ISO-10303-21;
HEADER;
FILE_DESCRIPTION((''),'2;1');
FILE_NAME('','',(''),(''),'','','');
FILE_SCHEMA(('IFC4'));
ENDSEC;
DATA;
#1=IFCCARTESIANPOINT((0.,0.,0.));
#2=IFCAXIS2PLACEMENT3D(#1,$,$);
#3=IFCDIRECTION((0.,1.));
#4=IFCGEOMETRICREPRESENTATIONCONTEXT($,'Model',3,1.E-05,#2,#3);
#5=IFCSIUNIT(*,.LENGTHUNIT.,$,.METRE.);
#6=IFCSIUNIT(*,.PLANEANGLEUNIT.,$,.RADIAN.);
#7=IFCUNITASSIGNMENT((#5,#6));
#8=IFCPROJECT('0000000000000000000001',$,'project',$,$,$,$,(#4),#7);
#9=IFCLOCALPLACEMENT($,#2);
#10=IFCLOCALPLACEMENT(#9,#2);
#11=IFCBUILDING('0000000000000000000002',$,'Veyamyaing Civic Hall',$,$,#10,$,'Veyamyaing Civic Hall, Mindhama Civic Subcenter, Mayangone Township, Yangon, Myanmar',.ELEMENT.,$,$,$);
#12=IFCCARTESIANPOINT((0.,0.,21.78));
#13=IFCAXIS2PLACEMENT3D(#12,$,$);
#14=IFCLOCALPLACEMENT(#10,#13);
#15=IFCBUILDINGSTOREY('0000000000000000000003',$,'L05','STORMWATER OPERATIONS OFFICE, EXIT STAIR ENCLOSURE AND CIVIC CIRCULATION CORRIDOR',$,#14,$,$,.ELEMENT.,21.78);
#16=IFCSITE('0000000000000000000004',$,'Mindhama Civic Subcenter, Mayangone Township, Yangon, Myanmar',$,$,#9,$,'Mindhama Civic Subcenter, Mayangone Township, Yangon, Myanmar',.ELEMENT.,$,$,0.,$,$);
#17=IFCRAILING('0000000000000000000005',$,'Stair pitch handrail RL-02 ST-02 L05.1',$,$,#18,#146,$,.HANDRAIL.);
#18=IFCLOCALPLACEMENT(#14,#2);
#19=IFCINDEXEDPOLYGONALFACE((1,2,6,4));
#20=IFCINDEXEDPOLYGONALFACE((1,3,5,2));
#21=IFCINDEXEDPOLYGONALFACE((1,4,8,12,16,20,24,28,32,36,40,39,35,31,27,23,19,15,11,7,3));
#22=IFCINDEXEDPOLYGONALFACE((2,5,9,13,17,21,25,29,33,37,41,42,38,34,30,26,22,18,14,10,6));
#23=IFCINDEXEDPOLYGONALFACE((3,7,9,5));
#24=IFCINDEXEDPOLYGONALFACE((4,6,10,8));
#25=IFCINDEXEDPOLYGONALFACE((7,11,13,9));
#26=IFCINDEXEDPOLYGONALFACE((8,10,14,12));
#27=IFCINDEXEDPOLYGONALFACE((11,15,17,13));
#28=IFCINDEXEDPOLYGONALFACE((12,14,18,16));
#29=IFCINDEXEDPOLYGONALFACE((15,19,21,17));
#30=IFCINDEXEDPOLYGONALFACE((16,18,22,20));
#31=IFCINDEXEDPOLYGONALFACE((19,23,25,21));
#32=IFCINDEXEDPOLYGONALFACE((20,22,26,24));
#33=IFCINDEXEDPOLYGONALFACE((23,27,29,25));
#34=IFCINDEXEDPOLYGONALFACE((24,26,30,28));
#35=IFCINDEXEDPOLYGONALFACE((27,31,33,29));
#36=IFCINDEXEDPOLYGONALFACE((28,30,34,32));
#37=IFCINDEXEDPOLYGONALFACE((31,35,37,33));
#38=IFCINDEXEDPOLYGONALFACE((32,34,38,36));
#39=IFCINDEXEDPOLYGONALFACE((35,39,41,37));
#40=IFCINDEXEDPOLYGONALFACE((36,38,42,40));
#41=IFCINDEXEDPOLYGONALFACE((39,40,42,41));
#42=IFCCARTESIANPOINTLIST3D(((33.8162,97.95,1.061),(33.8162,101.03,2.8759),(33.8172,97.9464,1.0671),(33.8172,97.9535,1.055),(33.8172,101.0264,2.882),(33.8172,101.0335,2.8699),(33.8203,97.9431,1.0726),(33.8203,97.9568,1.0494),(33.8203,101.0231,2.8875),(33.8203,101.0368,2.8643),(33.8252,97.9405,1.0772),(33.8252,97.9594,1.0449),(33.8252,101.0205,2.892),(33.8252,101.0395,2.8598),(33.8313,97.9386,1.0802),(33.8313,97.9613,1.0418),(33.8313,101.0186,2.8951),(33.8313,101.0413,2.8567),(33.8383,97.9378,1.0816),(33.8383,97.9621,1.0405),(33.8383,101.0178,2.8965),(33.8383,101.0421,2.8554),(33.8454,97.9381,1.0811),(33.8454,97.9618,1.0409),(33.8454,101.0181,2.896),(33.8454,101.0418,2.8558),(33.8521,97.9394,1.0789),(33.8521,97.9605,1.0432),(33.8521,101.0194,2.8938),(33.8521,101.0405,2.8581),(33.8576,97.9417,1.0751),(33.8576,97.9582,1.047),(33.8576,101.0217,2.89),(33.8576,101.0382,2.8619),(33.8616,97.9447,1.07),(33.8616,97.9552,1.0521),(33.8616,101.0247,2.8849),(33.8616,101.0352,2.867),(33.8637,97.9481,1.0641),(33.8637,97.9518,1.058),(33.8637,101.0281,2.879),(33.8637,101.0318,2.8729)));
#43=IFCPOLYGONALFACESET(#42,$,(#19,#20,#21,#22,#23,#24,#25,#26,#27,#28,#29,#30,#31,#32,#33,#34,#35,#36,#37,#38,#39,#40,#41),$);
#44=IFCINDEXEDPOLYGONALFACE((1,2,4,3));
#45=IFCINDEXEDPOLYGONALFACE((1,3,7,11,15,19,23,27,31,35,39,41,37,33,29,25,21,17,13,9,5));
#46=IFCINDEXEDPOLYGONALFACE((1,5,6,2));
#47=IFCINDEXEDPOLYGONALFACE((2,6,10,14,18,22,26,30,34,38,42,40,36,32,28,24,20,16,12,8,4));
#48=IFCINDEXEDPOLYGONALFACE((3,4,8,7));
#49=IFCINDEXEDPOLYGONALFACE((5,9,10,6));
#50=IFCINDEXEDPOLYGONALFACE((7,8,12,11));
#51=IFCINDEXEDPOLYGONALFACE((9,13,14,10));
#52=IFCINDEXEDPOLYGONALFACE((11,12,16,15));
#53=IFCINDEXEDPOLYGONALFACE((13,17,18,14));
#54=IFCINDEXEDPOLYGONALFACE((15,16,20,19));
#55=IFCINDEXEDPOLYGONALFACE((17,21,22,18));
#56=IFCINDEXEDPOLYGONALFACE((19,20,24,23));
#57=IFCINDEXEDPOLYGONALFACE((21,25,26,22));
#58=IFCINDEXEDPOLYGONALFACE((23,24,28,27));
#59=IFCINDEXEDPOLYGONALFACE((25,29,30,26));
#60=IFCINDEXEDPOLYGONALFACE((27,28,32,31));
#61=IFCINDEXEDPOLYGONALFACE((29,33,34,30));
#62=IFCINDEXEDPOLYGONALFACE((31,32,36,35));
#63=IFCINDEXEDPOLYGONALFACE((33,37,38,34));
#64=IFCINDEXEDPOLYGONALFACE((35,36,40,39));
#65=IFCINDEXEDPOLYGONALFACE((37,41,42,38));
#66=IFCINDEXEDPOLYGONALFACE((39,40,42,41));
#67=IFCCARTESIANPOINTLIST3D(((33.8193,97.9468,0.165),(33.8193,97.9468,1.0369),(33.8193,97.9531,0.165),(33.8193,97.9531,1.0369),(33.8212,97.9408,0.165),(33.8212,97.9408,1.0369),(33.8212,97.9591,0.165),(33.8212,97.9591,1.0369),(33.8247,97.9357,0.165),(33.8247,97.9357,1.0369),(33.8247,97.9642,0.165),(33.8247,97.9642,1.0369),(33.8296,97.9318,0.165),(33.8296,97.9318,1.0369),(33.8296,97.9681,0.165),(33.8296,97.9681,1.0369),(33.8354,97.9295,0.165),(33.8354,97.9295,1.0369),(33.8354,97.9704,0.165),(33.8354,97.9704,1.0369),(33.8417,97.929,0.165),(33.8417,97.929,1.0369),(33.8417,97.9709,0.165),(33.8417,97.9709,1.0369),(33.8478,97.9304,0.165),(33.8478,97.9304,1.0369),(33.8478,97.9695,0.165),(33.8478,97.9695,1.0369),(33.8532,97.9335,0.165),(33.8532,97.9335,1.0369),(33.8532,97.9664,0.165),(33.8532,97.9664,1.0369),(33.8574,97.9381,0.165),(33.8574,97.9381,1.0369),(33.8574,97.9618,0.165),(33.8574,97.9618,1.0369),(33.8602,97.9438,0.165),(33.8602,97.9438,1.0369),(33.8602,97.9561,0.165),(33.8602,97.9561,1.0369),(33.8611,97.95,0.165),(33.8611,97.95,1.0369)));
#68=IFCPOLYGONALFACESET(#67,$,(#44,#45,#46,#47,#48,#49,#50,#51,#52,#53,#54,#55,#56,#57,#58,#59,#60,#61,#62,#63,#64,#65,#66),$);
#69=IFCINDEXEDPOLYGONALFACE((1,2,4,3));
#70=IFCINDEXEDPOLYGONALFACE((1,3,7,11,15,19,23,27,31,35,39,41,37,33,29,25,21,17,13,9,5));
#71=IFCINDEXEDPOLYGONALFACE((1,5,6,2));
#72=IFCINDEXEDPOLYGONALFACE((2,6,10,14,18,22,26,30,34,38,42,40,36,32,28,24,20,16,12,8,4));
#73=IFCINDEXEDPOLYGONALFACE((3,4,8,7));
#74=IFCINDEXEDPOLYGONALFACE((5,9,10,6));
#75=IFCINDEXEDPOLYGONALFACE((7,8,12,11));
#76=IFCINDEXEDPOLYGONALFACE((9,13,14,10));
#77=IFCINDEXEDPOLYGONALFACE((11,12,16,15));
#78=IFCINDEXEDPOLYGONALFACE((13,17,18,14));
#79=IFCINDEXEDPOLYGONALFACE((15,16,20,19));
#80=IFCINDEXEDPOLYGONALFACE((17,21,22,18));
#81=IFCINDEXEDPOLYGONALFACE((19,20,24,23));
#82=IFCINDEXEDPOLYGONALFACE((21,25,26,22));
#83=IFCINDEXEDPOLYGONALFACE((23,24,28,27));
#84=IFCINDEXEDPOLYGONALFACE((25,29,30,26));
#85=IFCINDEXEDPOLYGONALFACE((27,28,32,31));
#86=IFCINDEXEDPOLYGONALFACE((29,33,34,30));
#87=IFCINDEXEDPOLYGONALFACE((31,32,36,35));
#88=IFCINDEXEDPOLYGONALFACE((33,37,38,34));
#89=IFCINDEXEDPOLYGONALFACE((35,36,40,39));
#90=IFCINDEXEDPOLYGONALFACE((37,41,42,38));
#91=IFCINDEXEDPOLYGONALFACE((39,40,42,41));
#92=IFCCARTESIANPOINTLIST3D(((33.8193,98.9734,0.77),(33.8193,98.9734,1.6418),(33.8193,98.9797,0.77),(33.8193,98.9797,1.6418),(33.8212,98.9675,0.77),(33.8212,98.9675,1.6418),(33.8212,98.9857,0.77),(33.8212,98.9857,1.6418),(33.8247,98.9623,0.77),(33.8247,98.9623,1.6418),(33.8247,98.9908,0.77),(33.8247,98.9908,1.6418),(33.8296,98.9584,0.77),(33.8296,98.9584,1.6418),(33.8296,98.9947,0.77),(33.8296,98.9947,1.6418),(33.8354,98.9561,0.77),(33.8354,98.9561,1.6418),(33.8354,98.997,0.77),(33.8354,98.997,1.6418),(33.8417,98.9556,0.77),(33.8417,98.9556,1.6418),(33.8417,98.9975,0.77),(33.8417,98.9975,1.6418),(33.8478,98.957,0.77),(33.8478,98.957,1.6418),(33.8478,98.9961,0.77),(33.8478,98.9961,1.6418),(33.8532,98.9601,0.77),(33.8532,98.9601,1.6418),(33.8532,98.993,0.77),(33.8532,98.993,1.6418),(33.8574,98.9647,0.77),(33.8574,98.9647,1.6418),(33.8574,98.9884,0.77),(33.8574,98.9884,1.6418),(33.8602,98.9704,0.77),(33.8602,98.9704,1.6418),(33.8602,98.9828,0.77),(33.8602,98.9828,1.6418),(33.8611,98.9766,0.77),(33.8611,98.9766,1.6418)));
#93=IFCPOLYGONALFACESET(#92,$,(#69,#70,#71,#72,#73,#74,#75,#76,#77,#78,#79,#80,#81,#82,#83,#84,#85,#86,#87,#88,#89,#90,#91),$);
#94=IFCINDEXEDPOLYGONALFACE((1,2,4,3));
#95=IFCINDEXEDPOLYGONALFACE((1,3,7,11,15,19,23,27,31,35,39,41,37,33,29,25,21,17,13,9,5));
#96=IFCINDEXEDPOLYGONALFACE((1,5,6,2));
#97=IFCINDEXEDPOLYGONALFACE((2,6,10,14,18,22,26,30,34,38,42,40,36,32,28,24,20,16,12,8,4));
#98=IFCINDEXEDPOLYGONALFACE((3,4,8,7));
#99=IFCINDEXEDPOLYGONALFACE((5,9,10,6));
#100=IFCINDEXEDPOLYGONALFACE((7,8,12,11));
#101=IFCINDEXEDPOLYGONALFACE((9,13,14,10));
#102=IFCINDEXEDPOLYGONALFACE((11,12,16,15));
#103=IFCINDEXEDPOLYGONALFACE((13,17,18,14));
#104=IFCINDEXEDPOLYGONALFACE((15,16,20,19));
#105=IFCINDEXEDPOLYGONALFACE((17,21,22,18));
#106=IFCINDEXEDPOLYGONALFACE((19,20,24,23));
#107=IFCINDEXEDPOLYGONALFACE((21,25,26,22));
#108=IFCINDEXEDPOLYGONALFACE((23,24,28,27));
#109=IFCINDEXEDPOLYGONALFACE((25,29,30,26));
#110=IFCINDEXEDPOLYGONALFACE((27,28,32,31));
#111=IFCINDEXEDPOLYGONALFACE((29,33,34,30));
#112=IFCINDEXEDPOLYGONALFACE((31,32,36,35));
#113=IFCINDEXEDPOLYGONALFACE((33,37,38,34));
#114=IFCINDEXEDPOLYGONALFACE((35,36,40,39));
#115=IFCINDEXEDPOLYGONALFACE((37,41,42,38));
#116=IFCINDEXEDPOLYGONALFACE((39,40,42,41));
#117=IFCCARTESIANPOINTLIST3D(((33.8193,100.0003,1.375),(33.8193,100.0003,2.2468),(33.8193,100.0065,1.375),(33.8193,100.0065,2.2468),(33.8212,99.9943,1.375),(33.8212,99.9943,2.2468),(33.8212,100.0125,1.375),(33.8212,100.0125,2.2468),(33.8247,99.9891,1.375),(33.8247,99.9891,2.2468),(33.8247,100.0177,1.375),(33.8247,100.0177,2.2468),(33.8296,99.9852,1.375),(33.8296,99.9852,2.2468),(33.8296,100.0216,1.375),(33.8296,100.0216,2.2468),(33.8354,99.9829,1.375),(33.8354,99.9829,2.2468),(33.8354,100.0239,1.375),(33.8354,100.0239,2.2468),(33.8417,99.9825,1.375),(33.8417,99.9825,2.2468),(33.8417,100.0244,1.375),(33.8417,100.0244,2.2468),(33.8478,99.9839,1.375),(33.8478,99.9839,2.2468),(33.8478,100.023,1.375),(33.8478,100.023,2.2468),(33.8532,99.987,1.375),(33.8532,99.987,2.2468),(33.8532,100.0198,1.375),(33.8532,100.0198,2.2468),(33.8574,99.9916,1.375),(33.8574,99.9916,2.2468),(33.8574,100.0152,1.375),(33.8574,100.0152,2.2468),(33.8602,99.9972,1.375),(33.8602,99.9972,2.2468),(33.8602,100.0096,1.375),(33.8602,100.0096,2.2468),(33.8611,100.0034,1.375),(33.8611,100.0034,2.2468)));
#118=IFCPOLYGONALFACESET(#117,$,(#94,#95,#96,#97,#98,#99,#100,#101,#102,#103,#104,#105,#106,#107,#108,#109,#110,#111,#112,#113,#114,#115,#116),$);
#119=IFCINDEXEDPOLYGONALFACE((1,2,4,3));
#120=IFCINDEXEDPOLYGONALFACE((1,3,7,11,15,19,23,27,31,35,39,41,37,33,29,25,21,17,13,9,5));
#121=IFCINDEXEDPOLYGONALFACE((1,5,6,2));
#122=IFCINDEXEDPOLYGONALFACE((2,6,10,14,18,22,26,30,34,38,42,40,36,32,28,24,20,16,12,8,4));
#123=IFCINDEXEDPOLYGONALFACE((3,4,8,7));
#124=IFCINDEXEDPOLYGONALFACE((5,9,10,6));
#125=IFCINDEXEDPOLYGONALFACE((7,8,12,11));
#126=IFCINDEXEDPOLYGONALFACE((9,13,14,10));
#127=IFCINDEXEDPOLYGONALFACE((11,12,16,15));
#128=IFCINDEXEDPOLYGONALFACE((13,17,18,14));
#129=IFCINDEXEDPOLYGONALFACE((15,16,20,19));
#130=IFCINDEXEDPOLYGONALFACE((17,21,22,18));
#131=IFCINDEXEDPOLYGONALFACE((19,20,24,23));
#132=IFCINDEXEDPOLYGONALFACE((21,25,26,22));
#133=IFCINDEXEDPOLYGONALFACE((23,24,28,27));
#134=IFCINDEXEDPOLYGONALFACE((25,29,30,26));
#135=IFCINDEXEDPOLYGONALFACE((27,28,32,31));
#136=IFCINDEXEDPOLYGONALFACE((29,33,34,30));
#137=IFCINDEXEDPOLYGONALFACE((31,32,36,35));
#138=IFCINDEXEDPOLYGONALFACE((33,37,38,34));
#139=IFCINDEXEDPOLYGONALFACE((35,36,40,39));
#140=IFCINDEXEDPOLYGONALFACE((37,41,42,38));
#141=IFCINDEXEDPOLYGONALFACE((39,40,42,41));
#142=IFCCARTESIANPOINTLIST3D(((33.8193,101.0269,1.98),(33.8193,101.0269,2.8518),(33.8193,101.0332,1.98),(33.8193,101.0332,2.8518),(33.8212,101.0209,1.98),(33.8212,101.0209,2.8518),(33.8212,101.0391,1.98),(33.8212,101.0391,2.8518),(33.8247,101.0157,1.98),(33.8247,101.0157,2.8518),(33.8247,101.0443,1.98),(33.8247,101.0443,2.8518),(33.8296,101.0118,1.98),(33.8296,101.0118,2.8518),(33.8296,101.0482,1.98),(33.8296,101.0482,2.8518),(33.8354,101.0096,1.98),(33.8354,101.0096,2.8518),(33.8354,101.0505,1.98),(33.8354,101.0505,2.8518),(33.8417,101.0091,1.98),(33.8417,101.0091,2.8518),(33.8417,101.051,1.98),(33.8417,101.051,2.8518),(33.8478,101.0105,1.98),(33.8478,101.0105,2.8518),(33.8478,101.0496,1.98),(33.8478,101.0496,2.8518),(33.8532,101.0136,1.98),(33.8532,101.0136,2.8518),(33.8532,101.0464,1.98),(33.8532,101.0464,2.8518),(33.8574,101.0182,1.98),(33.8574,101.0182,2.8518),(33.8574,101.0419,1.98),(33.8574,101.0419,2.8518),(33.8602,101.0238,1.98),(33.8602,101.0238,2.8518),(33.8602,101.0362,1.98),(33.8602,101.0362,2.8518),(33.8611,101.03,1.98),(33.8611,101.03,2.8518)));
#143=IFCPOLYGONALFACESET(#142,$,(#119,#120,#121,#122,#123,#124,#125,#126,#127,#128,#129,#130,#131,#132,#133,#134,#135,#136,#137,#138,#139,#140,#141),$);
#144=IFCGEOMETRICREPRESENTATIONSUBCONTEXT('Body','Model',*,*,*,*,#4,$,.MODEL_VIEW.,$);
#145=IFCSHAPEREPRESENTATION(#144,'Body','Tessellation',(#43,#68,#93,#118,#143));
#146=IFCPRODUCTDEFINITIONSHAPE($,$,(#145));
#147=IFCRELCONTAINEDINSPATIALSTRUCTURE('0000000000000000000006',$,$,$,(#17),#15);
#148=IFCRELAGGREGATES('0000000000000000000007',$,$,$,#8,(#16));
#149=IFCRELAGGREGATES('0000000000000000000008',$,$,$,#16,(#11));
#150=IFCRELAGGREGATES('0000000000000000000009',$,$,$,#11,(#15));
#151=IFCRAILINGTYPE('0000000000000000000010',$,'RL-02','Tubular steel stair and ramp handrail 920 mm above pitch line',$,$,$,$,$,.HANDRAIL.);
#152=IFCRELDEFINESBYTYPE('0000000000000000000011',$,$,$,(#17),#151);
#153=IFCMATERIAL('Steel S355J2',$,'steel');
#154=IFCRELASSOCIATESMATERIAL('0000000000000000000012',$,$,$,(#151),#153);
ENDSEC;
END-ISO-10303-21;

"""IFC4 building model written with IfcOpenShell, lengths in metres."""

from ifc_helpers import new_model, si_unit, direction, frame, origin, origin_2d, place, context, subcontext, project, spatial, circle, extrude, material, type_object, element, save


model = new_model("IFC4")

# Units and contexts
model_context = context("Model", 3, precision=1e-05, world=origin(), true_north=direction((0.0, 1.0)))
body_context = subcontext(model_context, "Body", "Model", "MODEL_VIEW")
ifc_project = project(units=[si_unit("LENGTHUNIT", "METRE"), si_unit("PLANEANGLEUNIT", "RADIAN")], contexts=[model_context])

# Site, building, storey
site_placement = place(None, origin())
site = spatial("IfcSite", under=ifc_project, at=site_placement, Name="Mindhama Civic Subcenter, Mayangone Township, Yangon, Myanmar", LongName="Mindhama Civic Subcenter, Mayangone Township, Yangon, Myanmar", CompositionType="ELEMENT", RefElevation=0.0)
building_placement = place(site_placement, origin())
building = spatial("IfcBuilding", under=site, at=building_placement, Name="Veyamyaing Civic Hall", LongName="Veyamyaing Civic Hall, Mindhama Civic Subcenter, Mayangone Township, Yangon, Myanmar", CompositionType="ELEMENT")
storey_placement = place(building_placement, frame((0.0, 0.0, 21.78)))
storey = spatial("IfcBuildingStorey", under=building, at=storey_placement, Name="L05", Description="STORMWATER OPERATIONS OFFICE, EXIT STAIR ENCLOSURE AND CIVIC CIRCULATION CORRIDOR", CompositionType="ELEMENT", Elevation=21.78)

# Railing
ifc_material_1 = material(Name="Steel S355J2", Category="steel")
railing_type_1 = type_object("IfcRailingType", Name="RL-02", Description="Tubular steel stair and ramp handrail 920 mm above pitch line", PredefinedType="HANDRAIL", material=ifc_material_1)
railing_1_placement = place(storey_placement, frame((33.8401, 97.95, 0.165)))
element("IfcRailing", 1, at=railing_1_placement, inside=storey, type_object=railing_type_1, Name="Stair pitch handrail RL-02 ST-02 L05.1", PredefinedType="HANDRAIL", context=body_context, shape_type="SweptSolid", body=[
    extrude(circle(Radius=0.0239, at=origin_2d()), frame((0.0, 0.0, 0.896), z_axis=(0.0, 0.861551, 0.507671), x_axis=(-1.0, 0.0, 0.0)), (0.0, 0.0, 1.0), 3.575),
    extrude(circle(Radius=0.021, at=origin_2d()), origin(), (0.0, 0.0, 1.0), 0.8718),
    extrude(circle(Radius=0.021, at=origin_2d()), frame((0.0, 1.0266, 0.605)), (0.0, 0.0, 1.0), 0.8718),
    extrude(circle(Radius=0.021, at=origin_2d()), frame((0.0, 2.0535, 1.21)), (0.0, 0.0, 1.0), 0.8718),
    extrude(circle(Radius=0.021, at=origin_2d()), frame((0.0, 3.0801, 1.8149)), (0.0, 0.0, 1.0), 0.8718),
])

save(model, "model.ifc")
